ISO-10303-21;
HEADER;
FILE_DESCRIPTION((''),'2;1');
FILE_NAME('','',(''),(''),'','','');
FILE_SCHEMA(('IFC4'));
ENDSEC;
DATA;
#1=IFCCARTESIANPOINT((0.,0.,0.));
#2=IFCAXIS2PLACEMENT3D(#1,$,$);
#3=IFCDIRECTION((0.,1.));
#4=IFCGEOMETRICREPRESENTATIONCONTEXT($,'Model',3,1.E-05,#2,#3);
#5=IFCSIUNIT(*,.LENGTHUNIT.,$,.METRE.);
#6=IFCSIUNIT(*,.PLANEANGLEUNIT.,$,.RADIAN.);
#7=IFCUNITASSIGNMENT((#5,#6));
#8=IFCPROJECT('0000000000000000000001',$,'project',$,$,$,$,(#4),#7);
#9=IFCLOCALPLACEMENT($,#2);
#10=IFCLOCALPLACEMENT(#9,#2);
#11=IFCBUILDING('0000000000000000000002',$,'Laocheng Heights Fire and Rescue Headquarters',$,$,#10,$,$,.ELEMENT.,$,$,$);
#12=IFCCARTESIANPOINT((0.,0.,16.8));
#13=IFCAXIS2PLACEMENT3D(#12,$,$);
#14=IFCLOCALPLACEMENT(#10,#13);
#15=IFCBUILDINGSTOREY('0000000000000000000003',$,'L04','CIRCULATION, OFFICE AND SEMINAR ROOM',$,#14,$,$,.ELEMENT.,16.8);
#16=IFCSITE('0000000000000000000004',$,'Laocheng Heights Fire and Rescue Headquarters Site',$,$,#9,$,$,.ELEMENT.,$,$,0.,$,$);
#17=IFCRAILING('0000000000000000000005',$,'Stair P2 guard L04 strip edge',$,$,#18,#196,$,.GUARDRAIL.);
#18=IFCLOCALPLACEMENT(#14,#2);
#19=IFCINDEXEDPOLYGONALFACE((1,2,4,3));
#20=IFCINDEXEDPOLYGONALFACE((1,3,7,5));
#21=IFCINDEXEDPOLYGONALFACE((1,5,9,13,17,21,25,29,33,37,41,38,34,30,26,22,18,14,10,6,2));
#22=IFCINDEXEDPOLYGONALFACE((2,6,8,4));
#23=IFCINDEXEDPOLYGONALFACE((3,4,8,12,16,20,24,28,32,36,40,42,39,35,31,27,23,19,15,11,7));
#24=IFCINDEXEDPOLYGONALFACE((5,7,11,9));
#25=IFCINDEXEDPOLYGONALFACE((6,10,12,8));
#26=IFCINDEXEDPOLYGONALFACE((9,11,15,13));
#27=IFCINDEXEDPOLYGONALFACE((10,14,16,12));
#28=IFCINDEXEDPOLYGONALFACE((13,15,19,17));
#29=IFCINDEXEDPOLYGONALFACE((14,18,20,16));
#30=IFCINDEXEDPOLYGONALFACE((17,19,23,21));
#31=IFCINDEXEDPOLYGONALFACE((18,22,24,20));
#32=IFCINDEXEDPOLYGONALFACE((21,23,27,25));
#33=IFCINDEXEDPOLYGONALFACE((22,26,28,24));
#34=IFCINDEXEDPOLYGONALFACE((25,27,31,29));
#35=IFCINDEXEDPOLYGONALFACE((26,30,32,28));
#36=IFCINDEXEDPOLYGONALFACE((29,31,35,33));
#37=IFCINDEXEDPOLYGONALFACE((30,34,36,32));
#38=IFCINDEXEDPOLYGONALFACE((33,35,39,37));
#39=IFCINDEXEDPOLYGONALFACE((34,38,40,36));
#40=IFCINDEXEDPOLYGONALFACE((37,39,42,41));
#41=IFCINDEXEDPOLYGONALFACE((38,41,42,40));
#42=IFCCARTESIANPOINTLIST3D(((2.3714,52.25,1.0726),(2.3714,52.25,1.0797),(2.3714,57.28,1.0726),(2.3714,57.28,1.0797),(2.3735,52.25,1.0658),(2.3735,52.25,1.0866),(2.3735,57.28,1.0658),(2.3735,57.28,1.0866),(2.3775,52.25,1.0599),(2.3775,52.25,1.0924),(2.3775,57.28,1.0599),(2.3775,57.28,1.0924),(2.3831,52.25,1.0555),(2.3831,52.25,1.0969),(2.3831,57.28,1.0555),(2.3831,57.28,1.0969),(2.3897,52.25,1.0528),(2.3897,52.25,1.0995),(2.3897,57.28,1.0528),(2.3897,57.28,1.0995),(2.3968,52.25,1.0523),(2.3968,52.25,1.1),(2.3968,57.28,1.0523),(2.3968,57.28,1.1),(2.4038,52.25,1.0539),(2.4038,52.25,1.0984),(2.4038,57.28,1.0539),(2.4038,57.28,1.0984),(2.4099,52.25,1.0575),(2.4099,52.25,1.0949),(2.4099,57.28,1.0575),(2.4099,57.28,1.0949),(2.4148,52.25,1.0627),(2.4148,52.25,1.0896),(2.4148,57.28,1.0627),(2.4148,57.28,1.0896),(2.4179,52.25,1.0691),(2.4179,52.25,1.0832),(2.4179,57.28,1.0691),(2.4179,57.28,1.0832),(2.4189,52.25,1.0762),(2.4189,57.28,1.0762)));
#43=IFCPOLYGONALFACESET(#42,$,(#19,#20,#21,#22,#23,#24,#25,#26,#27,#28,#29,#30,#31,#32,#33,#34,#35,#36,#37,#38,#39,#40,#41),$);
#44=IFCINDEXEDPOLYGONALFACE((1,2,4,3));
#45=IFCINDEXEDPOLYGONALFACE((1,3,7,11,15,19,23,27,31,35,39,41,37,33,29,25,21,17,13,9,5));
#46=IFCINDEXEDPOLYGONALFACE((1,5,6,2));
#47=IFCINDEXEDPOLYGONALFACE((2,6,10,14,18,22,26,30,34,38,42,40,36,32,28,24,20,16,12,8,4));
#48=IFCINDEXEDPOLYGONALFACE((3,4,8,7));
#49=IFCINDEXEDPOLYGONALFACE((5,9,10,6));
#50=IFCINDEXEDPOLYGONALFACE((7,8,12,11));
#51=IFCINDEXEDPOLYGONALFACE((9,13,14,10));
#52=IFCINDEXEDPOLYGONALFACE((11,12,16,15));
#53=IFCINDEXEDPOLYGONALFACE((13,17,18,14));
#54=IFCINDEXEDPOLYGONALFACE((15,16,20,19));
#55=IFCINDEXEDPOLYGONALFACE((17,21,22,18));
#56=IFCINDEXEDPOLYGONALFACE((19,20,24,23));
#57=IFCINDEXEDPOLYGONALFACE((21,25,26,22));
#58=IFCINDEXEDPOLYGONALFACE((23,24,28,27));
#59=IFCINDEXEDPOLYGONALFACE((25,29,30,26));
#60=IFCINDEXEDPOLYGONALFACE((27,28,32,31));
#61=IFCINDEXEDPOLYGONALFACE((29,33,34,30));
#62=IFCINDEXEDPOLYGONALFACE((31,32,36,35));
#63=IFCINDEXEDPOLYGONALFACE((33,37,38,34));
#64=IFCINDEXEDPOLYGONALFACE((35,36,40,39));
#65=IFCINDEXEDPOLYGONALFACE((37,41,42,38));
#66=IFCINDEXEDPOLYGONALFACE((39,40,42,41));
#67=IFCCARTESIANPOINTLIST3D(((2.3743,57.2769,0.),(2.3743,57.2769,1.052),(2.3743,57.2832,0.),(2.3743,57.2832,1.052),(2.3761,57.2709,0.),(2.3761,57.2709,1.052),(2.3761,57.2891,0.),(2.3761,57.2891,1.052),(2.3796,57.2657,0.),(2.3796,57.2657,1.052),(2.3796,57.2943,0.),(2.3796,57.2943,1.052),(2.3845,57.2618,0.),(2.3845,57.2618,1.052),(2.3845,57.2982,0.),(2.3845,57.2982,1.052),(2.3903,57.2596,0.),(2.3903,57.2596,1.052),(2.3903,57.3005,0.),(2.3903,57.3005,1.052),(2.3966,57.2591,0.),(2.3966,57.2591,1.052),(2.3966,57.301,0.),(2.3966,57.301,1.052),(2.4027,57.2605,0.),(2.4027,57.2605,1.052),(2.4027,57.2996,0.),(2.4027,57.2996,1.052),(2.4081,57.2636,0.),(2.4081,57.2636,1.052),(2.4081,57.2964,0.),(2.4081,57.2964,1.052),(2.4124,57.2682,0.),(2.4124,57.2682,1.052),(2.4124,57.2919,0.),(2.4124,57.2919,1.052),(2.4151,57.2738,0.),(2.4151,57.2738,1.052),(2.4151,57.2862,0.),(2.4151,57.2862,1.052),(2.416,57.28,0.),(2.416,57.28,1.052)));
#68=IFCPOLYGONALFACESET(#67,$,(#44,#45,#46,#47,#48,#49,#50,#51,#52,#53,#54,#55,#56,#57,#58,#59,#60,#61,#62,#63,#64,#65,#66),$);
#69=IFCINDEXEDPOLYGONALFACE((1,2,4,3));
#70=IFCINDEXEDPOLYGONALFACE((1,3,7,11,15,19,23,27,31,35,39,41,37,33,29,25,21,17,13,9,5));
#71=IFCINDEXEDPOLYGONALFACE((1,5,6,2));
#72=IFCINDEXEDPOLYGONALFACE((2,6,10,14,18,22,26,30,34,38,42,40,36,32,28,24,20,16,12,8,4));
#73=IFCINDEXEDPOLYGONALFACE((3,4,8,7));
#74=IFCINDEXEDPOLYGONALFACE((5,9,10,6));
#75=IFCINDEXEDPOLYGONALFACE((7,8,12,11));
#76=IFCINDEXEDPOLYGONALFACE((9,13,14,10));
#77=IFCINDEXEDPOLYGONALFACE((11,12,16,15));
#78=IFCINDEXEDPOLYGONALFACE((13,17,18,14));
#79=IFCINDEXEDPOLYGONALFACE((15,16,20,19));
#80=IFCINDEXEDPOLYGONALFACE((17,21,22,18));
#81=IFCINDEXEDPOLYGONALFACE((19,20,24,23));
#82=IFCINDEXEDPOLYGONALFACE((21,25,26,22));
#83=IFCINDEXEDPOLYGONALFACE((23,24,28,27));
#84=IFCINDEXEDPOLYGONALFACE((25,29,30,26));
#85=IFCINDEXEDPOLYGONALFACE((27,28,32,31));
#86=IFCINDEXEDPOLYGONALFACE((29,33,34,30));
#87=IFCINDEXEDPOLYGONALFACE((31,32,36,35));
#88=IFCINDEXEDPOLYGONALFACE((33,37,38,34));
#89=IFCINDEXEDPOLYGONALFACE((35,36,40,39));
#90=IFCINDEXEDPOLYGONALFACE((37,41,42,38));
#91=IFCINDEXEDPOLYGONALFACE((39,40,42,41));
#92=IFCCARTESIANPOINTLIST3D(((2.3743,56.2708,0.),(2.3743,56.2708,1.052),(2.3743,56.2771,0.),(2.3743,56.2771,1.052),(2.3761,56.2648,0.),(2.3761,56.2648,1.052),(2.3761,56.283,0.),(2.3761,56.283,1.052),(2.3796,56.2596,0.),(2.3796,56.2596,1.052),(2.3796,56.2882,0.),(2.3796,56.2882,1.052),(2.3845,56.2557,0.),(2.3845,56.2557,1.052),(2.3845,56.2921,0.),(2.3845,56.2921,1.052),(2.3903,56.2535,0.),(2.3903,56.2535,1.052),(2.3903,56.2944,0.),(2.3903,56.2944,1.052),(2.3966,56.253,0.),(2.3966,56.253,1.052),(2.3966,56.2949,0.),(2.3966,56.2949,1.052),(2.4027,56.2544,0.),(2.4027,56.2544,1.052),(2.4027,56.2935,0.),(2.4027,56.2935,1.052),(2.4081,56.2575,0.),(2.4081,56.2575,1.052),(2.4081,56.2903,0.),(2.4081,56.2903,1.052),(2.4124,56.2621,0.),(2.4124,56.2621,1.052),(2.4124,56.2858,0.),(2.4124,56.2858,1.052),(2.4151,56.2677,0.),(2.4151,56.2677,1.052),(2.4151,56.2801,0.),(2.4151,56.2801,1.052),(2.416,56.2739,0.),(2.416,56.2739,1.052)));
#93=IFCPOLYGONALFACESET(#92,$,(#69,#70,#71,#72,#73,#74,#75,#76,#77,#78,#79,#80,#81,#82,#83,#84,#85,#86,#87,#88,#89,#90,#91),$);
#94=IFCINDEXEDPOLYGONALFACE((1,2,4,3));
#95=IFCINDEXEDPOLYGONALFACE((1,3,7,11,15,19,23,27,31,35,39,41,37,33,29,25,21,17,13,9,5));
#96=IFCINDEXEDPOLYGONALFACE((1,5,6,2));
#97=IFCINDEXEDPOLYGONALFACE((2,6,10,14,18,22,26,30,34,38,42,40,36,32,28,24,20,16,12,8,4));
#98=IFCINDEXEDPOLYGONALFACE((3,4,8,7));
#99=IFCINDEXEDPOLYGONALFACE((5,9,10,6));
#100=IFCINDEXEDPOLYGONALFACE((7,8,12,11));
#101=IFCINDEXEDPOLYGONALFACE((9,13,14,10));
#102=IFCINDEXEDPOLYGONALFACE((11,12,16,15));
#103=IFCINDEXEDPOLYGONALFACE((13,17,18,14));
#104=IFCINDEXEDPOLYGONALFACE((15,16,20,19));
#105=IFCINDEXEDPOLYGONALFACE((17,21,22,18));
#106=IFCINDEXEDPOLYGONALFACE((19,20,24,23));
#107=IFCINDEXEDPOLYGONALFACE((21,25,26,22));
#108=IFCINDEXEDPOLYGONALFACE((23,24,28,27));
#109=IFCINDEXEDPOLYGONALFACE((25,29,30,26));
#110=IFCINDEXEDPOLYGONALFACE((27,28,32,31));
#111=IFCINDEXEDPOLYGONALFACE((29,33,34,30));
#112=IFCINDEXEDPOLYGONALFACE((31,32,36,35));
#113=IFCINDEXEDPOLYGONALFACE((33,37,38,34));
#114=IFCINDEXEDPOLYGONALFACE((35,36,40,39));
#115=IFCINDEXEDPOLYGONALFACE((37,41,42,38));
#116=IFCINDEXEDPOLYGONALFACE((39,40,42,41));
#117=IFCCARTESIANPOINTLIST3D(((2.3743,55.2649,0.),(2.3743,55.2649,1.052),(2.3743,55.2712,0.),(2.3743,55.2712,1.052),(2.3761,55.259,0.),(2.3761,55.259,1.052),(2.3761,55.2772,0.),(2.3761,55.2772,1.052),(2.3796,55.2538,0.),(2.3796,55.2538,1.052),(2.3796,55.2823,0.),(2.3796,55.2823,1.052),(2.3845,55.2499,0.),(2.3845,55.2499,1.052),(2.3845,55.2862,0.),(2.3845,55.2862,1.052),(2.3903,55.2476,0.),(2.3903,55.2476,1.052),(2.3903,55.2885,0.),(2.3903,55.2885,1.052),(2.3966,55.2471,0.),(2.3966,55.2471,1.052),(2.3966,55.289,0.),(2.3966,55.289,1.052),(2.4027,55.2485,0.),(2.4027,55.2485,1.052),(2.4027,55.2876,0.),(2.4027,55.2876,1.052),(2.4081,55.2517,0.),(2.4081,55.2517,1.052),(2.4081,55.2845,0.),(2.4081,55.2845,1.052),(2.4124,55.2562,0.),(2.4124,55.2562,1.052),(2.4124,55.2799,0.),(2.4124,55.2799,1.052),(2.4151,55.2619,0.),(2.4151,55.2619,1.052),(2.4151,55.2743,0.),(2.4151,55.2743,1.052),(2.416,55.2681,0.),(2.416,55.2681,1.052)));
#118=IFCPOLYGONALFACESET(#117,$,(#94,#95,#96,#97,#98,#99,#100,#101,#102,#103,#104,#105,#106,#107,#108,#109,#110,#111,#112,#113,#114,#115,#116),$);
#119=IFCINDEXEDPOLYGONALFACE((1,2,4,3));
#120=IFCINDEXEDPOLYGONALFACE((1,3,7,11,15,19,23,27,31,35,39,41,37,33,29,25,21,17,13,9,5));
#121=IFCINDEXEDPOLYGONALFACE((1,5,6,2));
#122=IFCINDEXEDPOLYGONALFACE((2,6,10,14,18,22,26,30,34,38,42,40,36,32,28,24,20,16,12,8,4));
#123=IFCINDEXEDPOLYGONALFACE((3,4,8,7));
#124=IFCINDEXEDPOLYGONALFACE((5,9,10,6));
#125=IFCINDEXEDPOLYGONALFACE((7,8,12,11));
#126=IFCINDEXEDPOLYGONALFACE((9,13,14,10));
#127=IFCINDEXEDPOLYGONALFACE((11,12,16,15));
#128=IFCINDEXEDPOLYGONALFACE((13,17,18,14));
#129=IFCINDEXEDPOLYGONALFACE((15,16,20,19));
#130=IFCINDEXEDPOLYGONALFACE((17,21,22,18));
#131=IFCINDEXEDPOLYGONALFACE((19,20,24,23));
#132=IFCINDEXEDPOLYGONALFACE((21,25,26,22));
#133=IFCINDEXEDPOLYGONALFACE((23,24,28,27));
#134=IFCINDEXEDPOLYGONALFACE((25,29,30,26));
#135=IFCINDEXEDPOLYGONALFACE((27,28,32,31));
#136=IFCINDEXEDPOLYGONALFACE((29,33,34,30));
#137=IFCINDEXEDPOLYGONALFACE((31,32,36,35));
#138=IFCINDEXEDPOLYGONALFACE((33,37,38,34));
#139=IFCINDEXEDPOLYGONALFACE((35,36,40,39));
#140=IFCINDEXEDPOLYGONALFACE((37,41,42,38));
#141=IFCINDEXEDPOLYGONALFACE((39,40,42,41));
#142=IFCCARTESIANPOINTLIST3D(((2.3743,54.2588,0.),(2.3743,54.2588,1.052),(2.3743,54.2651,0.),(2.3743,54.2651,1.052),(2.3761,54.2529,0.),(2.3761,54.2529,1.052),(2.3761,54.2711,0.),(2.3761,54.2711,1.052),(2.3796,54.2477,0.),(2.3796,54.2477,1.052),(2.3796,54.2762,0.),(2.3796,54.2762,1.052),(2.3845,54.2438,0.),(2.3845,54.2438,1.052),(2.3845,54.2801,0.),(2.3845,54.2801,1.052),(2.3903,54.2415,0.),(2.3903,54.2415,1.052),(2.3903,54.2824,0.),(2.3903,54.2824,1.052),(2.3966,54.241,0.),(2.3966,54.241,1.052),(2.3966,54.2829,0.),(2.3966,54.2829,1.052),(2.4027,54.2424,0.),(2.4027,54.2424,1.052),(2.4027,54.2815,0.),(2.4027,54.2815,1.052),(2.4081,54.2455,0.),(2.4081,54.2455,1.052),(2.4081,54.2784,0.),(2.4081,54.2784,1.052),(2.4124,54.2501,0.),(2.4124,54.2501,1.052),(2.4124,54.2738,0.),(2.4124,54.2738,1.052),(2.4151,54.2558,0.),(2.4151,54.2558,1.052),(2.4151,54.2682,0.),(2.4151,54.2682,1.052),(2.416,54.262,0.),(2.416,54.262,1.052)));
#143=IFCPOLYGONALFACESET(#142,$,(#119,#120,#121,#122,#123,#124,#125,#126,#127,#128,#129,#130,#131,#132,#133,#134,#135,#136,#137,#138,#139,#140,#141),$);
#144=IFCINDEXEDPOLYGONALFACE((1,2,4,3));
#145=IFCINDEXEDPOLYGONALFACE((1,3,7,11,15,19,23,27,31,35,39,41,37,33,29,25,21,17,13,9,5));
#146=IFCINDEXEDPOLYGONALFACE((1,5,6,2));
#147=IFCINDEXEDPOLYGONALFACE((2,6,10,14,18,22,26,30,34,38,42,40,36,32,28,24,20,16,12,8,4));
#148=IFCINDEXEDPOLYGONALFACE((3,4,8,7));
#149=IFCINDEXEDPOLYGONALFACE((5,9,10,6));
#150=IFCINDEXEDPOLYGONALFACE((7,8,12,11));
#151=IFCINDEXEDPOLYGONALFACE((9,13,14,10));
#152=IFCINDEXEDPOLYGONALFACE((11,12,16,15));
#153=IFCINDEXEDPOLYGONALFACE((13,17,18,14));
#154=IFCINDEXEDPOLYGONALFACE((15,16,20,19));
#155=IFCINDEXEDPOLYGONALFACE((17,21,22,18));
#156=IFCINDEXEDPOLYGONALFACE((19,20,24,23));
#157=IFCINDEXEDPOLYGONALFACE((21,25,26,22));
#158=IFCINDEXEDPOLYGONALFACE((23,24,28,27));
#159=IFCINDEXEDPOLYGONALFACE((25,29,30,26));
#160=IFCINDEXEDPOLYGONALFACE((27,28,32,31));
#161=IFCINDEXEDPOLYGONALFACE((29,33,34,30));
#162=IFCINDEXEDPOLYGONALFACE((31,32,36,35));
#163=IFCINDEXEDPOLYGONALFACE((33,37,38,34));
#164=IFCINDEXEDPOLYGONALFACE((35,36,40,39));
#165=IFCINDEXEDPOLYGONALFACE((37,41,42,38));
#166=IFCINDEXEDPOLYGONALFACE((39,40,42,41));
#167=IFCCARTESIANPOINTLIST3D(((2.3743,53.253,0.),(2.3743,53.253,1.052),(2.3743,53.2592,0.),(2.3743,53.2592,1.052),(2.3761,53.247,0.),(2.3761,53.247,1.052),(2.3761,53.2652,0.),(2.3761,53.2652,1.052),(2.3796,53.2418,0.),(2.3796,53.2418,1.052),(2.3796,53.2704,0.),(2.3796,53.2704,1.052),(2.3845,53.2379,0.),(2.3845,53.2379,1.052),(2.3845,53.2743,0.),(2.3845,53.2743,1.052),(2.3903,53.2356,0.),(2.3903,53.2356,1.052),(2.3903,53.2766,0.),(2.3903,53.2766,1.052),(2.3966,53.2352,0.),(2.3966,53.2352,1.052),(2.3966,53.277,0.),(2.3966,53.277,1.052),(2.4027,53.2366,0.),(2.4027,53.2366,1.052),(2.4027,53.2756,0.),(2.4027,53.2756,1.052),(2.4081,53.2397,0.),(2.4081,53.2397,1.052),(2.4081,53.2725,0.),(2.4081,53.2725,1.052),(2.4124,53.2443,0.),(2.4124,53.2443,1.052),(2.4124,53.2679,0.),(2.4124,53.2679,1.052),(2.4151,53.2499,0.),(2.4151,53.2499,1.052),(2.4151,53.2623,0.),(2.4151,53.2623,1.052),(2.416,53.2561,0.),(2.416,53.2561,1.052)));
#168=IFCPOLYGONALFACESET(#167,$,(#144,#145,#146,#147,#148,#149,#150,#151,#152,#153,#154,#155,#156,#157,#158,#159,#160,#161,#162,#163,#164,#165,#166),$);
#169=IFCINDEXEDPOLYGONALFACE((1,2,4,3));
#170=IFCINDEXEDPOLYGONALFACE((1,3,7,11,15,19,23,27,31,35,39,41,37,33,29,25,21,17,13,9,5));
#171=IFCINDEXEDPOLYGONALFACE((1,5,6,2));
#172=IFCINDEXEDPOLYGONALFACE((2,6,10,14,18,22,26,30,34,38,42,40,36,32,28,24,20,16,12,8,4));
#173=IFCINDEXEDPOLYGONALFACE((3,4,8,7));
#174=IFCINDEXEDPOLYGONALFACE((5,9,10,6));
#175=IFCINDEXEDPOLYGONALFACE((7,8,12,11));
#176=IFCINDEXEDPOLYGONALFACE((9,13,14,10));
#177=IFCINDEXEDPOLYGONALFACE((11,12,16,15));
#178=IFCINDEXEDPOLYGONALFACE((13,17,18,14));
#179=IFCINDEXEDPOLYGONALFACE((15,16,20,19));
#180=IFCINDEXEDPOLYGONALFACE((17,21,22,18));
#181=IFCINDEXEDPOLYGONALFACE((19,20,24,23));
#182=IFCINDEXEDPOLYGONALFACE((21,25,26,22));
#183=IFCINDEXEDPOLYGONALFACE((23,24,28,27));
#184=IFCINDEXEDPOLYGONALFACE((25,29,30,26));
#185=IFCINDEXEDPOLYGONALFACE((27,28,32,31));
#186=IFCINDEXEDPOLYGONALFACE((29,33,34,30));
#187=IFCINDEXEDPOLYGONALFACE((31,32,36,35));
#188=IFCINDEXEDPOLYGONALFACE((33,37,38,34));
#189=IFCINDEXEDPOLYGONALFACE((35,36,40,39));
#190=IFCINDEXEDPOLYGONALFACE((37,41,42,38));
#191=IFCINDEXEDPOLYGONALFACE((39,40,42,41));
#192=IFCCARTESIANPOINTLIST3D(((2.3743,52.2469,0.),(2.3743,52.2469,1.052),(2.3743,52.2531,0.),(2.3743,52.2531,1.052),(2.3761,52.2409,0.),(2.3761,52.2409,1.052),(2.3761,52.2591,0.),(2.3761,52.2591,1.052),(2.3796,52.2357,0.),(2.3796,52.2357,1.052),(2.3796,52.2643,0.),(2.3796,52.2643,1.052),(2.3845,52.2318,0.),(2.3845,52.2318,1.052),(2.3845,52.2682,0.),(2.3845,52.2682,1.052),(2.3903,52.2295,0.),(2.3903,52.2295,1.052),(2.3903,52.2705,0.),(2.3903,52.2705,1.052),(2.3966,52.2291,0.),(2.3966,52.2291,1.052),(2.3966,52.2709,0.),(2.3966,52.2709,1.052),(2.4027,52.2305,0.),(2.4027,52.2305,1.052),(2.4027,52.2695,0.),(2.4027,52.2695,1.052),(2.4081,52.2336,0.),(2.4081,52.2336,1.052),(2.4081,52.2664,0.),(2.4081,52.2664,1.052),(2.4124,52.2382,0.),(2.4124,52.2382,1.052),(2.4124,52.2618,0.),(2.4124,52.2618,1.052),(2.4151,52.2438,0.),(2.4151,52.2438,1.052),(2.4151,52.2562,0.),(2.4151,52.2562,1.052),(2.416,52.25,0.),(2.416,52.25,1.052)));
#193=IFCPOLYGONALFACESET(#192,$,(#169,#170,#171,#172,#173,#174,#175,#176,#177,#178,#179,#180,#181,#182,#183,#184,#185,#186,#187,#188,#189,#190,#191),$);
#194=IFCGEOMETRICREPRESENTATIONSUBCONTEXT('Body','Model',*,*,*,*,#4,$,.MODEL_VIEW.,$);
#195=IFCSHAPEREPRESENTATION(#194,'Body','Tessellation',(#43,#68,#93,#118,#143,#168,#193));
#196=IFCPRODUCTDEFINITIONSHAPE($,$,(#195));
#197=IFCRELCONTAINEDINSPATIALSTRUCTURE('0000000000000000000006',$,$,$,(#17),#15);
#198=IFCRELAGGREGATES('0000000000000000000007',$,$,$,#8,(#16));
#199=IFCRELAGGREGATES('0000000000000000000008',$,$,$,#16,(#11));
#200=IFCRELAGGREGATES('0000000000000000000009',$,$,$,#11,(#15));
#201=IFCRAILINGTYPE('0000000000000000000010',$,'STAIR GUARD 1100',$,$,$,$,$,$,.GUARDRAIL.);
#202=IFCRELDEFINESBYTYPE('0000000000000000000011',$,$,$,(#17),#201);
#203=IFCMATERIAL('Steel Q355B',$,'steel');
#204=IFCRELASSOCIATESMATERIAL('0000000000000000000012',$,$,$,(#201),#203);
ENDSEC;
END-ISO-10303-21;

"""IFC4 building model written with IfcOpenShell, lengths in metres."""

from ifc_helpers import new_model, si_unit, direction, frame, origin, origin_2d, place, context, subcontext, project, spatial, circle, extrude, material, type_object, element, save


model = new_model("IFC4")

# Units and contexts
model_context = context("Model", 3, precision=1e-05, world=origin(), true_north=direction((0.0, 1.0)))
body_context = subcontext(model_context, "Body", "Model", "MODEL_VIEW")
ifc_project = project(units=[si_unit("LENGTHUNIT", "METRE"), si_unit("PLANEANGLEUNIT", "RADIAN")], contexts=[model_context])

# Site, building, storey
site_placement = place(None, origin())
site = spatial("IfcSite", under=ifc_project, at=site_placement, Name="Laocheng Heights Fire and Rescue Headquarters Site", CompositionType="ELEMENT", RefElevation=0.0)
building_placement = place(site_placement, origin())
building = spatial("IfcBuilding", under=site, at=building_placement, Name="Laocheng Heights Fire and Rescue Headquarters", CompositionType="ELEMENT")
storey_placement = place(building_placement, frame((0.0, 0.0, 16.8)))
storey = spatial("IfcBuildingStorey", under=building, at=storey_placement, Name="L04", Description="CIRCULATION, OFFICE AND SEMINAR ROOM", CompositionType="ELEMENT", Elevation=16.8)

# Railing
ifc_material_1 = material(Name="Steel Q355B", Category="steel")
railing_type = type_object("IfcRailingType", Name="STAIR GUARD 1100", PredefinedType="GUARDRAIL", material=ifc_material_1)
railing_1_placement = place(storey_placement, frame((2.395, 57.28, 0.0)))
element("IfcRailing", 1, at=railing_1_placement, inside=storey, type_object=railing_type, Name="Stair P2 guard L04 strip edge", PredefinedType="GUARDRAIL", context=body_context, shape_type="SweptSolid", body=[
    extrude(circle(Radius=0.0239, at=origin_2d()), frame((0.0, 0.0, 1.0762), z_axis=(0.0, -1.0, 0.0), x_axis=(1.0, 0.0, 0.0)), (0.0, 0.0, 1.0), 5.03),
    extrude(circle(Radius=0.021, at=origin_2d()), origin(), (0.0, 0.0, 1.0), 1.052),
    extrude(circle(Radius=0.021, at=origin_2d()), frame((0.0, -1.0061, 0.0)), (0.0, 0.0, 1.0), 1.052),
    extrude(circle(Radius=0.021, at=origin_2d()), frame((0.0, -2.012, 0.0)), (0.0, 0.0, 1.0), 1.052),
    extrude(circle(Radius=0.021, at=origin_2d()), frame((0.0, -3.0181, 0.0)), (0.0, 0.0, 1.0), 1.052),
    extrude(circle(Radius=0.021, at=origin_2d()), frame((0.0, -4.0239, 0.0)), (0.0, 0.0, 1.0), 1.052),
    extrude(circle(Radius=0.021, at=origin_2d()), frame((0.0, -5.03, 0.0)), (0.0, 0.0, 1.0), 1.052),
])

save(model, "model.ifc")
